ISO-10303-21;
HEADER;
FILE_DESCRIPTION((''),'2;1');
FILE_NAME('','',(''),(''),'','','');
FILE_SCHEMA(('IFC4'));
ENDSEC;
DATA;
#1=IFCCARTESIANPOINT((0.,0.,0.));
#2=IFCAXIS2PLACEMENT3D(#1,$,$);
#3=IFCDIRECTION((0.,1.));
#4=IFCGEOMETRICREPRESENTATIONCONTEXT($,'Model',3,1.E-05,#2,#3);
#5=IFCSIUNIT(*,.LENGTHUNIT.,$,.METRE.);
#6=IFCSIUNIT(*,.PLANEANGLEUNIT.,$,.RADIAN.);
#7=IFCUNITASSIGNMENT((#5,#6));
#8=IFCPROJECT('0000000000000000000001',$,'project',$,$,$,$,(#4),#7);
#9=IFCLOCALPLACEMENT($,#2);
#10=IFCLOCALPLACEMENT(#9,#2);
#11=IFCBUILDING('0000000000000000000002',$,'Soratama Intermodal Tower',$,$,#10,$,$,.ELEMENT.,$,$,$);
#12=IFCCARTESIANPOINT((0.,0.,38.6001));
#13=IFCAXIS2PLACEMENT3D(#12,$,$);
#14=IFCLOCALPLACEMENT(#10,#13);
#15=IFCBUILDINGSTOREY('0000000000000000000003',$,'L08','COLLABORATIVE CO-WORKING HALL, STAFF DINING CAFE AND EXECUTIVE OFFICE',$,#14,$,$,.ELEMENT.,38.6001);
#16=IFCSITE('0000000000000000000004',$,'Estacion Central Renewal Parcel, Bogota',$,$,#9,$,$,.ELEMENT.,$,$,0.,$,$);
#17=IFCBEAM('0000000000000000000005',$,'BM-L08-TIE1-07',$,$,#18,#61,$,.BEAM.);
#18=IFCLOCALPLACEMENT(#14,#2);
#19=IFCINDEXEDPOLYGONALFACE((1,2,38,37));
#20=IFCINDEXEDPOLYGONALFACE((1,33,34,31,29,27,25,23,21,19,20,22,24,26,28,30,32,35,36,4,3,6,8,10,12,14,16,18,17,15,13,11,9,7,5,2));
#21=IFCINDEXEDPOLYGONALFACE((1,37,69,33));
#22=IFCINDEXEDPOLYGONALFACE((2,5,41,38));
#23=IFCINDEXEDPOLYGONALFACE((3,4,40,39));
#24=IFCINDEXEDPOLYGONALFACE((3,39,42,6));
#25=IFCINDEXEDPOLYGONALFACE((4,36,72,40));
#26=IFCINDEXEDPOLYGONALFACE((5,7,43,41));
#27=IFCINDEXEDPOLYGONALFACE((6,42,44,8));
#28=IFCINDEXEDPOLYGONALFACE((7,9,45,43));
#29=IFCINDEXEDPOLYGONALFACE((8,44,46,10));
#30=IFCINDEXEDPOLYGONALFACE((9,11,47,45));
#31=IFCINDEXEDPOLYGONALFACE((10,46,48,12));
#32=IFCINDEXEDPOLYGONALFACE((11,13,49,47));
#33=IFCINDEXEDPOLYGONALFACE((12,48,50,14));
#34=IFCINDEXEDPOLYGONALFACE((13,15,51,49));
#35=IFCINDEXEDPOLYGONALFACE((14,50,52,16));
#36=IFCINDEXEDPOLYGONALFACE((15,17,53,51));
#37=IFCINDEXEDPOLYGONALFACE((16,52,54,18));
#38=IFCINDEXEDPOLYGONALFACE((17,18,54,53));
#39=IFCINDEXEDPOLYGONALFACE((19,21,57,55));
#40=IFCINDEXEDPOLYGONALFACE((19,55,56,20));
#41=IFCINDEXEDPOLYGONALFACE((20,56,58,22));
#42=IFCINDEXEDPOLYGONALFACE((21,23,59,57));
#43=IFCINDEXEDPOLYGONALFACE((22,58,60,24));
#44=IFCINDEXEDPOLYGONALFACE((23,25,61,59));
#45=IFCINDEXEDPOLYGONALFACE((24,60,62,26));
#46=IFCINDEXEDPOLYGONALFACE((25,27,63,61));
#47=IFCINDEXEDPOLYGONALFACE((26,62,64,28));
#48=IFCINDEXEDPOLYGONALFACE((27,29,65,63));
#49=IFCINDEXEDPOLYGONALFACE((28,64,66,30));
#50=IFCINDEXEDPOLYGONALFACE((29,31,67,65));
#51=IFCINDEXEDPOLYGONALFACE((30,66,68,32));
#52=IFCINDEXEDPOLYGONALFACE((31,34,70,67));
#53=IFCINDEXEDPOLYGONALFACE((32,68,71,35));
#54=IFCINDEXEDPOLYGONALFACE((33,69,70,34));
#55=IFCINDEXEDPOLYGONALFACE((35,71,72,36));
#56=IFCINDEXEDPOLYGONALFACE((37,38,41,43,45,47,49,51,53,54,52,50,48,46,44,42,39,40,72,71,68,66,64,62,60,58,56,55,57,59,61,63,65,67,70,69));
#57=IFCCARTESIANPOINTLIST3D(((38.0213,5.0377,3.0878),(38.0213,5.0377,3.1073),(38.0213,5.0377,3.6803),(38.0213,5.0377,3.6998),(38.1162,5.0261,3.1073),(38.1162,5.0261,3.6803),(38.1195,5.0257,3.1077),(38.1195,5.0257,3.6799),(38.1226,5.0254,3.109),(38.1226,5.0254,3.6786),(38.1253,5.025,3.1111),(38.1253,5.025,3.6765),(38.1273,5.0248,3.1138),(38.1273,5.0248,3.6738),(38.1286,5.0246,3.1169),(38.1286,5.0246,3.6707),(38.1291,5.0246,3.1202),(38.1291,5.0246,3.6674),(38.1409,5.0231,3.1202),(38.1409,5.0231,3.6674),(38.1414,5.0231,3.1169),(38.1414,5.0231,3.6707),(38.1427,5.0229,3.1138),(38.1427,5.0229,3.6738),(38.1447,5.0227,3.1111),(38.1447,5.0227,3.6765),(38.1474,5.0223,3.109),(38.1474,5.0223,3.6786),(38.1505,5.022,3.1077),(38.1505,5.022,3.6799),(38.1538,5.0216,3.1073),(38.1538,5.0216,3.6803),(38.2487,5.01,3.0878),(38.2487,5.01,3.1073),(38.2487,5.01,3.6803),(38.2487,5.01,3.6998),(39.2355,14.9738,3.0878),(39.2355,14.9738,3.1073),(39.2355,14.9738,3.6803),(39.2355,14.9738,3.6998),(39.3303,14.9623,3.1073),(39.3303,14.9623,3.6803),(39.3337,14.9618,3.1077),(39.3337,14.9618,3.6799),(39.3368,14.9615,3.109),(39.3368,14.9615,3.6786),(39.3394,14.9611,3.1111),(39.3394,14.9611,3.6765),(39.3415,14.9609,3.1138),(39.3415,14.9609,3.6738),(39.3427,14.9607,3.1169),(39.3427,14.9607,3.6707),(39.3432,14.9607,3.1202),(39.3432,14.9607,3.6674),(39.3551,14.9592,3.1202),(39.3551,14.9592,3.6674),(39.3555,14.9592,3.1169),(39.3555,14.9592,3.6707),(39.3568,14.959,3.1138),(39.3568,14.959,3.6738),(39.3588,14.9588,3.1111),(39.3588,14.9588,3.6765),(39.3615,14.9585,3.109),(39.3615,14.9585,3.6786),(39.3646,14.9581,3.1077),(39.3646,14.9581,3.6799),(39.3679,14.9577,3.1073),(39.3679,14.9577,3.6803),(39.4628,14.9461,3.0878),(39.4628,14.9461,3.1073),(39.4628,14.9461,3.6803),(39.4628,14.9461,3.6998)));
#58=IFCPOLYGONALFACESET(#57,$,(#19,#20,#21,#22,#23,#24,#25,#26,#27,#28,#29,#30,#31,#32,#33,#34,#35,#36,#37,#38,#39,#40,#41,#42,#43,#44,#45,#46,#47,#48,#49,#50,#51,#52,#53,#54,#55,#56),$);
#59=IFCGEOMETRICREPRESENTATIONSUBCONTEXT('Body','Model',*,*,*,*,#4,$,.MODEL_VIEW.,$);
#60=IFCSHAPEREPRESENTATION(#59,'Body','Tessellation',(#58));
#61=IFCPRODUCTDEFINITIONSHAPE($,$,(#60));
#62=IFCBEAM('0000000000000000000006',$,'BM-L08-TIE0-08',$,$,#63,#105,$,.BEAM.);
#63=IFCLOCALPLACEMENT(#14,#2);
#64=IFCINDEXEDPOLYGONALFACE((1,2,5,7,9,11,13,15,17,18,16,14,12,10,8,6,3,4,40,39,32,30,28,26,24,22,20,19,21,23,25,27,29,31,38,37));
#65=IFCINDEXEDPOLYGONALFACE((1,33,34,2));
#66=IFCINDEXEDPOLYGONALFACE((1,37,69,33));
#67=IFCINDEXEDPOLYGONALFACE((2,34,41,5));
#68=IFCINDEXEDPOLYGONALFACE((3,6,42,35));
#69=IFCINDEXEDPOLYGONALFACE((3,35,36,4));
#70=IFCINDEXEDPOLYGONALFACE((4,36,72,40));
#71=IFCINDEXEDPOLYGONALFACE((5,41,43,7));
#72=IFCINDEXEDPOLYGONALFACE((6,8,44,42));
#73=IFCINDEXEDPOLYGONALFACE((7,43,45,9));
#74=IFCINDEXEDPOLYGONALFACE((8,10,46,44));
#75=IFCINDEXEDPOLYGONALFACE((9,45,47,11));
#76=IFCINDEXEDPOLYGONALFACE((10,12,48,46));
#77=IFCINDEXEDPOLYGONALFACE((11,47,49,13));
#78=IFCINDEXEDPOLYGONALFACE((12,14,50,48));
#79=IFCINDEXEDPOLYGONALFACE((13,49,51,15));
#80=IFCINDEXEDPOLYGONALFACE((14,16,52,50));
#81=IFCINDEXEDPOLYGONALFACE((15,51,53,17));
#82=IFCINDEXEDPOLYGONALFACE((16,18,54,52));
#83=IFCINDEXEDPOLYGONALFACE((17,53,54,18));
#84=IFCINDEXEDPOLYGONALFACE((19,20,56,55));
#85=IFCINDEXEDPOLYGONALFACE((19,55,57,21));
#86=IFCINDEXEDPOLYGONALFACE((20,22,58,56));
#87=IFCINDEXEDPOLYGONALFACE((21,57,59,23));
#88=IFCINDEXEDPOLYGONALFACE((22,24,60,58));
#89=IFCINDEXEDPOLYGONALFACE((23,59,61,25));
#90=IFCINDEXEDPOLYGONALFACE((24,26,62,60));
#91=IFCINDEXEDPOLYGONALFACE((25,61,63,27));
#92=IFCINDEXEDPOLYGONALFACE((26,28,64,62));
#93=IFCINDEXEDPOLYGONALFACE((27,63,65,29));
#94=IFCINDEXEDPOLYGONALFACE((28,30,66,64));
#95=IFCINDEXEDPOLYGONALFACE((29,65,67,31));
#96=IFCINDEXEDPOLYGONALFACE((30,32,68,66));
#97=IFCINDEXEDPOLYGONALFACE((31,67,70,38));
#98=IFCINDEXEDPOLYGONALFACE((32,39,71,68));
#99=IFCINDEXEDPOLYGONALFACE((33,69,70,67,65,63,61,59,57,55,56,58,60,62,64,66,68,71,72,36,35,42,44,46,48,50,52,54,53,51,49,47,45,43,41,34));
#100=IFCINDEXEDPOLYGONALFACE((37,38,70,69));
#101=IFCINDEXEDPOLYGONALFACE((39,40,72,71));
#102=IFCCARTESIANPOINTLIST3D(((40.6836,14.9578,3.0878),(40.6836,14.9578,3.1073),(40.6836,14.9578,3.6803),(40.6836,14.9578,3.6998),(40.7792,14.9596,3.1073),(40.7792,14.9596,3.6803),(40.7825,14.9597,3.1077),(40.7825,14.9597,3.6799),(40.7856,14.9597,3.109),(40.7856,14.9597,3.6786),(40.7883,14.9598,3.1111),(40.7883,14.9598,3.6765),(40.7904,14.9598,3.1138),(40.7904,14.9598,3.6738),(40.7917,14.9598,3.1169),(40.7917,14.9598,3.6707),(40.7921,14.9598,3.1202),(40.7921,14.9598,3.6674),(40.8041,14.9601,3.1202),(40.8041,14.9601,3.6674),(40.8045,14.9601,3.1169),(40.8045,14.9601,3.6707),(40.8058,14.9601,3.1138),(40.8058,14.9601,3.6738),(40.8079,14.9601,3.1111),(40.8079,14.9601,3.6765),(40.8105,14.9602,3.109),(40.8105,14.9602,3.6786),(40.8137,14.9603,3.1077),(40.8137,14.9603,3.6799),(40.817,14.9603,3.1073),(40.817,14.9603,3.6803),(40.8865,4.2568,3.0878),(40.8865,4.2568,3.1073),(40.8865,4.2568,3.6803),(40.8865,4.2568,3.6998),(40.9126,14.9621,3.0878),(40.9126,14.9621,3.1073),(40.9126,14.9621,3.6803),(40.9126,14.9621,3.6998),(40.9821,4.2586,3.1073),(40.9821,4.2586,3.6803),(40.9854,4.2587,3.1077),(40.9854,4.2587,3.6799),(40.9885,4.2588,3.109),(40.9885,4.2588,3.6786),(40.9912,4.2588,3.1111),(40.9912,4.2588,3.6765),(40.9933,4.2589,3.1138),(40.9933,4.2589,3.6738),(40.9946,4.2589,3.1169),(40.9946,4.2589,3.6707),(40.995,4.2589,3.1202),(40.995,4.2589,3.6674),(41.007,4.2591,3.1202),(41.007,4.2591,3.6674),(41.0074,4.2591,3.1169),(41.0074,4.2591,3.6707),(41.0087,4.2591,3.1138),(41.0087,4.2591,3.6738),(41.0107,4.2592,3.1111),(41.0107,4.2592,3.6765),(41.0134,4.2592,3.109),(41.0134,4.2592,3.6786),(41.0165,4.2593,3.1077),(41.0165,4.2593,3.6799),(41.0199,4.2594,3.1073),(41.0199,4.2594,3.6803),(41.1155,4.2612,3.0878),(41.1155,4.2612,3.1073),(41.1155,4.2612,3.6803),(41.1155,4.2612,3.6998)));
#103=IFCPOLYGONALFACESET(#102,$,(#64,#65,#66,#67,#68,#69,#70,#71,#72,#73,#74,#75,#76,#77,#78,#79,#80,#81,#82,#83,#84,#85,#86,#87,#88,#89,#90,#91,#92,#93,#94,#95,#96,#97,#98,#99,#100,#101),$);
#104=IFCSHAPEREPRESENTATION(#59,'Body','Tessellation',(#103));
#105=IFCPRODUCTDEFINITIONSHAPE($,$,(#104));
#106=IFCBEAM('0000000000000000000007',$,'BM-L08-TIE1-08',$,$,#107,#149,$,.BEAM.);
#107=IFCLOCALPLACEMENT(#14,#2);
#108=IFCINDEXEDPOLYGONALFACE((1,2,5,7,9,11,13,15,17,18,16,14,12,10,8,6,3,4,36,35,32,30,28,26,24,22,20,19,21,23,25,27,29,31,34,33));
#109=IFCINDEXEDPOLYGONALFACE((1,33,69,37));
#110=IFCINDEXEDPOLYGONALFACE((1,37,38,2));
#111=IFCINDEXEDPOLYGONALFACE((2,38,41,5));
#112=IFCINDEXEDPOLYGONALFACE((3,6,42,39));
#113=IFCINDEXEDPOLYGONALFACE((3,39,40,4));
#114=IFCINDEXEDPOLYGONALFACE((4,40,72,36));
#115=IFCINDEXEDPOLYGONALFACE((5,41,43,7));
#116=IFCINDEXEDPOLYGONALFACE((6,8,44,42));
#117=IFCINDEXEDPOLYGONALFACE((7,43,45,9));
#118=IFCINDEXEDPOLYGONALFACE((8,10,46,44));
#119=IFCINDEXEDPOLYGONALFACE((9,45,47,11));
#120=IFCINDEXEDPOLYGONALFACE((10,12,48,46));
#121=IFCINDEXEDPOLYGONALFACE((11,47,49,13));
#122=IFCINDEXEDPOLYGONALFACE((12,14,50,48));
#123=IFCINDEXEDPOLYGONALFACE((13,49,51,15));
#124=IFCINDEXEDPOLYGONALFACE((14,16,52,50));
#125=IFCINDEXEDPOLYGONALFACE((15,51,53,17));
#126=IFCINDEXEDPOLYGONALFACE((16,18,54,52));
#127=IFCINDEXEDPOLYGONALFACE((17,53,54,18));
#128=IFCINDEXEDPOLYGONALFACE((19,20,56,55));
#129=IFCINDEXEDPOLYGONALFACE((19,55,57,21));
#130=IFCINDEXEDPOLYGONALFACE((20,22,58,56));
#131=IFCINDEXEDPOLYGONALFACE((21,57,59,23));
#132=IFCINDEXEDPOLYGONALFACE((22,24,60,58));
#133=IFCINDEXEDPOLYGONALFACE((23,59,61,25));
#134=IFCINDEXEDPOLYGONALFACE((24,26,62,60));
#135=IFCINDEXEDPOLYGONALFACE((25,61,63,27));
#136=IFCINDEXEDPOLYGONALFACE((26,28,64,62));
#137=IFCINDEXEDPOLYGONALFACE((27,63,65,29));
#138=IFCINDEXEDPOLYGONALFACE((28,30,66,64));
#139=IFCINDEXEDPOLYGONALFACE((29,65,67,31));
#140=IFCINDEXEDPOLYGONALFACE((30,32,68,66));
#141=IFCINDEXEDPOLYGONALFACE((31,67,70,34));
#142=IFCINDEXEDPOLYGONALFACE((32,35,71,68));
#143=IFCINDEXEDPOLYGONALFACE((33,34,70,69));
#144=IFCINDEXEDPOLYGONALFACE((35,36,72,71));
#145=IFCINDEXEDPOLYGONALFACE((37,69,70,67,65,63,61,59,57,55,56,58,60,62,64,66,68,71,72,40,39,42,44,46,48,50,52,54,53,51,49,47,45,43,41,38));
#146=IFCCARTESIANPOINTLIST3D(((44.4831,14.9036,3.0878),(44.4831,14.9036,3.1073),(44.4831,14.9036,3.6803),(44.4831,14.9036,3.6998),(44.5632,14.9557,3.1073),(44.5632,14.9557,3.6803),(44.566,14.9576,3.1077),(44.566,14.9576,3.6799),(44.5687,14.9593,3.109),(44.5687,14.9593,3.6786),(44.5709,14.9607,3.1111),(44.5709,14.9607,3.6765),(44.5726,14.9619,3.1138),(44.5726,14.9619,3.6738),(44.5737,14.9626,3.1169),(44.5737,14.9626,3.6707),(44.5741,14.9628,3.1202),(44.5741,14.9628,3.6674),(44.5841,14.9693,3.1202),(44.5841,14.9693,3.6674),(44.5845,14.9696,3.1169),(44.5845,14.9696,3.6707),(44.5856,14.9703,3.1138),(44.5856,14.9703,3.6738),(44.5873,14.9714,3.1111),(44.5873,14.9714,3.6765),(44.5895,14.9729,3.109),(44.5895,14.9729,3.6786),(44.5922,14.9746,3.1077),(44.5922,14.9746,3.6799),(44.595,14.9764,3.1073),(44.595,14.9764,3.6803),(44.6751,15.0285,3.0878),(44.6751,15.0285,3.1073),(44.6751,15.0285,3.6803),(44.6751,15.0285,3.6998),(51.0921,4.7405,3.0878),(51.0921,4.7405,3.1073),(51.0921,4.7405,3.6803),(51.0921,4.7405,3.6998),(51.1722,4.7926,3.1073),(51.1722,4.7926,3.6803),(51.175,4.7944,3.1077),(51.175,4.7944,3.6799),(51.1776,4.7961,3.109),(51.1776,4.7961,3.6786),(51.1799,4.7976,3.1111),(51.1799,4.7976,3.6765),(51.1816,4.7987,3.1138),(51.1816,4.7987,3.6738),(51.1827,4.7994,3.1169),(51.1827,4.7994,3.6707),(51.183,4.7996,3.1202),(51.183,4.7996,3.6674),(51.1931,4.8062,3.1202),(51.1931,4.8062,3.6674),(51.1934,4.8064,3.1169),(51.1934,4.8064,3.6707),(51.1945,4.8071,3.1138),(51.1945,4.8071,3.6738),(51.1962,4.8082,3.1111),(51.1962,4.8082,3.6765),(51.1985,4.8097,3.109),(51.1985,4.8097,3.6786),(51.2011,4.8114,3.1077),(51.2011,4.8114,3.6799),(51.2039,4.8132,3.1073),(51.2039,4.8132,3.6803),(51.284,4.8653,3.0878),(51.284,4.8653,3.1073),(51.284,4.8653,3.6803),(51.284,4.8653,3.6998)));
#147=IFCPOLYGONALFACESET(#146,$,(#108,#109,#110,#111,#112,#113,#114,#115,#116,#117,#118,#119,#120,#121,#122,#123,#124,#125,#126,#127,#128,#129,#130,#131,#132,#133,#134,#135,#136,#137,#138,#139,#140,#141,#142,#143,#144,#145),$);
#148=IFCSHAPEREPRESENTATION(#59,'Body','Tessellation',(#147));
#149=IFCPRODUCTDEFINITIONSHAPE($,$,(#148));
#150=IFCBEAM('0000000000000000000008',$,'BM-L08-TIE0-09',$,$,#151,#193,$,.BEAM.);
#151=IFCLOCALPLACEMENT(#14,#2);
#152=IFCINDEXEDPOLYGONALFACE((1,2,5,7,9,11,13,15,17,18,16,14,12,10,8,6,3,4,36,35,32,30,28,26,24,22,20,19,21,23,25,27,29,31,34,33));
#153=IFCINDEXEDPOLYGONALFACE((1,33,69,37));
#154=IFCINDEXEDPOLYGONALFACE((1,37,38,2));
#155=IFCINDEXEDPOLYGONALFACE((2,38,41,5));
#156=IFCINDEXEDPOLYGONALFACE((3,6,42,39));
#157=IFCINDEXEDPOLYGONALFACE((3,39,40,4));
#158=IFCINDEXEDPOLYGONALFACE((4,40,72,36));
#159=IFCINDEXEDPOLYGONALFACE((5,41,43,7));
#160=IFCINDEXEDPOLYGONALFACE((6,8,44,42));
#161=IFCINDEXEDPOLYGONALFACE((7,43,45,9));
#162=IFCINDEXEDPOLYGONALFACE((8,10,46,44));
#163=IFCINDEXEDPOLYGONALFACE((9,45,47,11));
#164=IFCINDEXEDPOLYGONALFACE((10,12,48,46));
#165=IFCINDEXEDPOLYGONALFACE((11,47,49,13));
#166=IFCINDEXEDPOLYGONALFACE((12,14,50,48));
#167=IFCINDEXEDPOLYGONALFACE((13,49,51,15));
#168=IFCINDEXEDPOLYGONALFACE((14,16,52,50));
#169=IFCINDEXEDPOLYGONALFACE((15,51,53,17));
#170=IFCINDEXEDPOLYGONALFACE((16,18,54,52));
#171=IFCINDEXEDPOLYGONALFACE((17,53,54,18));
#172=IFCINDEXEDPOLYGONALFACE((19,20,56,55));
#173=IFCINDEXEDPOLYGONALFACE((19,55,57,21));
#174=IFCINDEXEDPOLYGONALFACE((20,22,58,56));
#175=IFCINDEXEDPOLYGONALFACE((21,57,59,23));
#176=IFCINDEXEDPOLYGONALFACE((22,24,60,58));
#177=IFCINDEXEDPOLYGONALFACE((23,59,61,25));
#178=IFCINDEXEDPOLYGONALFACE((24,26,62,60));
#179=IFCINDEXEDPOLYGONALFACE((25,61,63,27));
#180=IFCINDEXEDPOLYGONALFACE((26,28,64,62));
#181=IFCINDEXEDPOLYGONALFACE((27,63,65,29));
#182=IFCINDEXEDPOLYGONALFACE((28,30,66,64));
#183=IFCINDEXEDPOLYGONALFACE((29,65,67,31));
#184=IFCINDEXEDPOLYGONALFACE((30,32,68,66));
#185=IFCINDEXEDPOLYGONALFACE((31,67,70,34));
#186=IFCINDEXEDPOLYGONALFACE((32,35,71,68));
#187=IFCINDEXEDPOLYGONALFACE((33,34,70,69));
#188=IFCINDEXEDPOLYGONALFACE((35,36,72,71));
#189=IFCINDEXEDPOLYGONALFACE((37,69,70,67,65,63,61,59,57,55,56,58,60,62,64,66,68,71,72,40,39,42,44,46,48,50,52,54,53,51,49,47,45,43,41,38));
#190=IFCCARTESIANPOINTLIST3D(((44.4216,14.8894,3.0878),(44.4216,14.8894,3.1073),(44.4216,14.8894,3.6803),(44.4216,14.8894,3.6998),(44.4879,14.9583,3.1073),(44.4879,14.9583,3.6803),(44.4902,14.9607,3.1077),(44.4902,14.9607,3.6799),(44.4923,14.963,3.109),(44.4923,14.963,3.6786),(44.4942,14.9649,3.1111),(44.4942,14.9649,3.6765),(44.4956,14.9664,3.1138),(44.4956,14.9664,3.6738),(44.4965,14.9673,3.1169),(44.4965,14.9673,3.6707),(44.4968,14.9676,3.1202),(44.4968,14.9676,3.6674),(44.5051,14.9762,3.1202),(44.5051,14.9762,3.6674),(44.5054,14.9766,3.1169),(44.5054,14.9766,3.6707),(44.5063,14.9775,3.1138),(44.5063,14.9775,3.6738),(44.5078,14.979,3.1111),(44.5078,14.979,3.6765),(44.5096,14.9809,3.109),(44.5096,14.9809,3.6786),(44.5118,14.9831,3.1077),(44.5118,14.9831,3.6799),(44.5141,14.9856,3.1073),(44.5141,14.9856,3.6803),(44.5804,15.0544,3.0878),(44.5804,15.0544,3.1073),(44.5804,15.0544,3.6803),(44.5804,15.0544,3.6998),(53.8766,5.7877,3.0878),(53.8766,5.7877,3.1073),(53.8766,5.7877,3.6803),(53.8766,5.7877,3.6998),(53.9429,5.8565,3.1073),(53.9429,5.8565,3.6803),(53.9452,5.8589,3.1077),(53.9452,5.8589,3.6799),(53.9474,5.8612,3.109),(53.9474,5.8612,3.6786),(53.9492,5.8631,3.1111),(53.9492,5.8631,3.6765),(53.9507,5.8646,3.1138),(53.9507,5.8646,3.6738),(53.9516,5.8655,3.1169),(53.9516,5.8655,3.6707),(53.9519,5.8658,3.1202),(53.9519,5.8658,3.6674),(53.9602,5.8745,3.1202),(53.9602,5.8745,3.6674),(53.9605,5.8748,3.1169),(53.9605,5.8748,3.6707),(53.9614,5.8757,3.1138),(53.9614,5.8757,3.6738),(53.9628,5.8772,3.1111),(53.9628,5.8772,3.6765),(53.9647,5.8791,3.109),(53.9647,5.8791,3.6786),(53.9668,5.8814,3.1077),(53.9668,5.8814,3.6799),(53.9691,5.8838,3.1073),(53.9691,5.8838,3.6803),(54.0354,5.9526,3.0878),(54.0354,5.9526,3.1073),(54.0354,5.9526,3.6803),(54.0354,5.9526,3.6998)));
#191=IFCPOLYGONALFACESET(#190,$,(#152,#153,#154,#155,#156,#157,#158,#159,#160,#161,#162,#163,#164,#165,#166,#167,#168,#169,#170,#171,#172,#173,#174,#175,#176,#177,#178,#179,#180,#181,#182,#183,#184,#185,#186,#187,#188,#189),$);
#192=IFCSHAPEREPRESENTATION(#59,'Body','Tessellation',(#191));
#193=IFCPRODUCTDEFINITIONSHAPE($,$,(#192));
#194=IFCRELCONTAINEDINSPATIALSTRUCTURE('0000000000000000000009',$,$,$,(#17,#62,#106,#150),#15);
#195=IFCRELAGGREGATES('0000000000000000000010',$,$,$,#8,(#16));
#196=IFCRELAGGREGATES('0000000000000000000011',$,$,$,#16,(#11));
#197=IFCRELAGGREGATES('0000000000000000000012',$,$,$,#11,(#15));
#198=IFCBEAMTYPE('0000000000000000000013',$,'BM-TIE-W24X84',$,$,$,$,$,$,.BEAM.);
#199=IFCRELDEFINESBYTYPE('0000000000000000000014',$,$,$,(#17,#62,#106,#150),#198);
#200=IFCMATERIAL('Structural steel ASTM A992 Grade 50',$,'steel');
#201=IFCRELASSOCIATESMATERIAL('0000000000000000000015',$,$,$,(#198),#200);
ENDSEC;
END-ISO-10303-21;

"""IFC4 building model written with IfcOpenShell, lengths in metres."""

from ifc_helpers import new_model, si_unit, direction, frame, origin, origin_2d, place, context, subcontext, project, spatial, i_section, extrude, material, material_profile, profile_set, type_object, element, save


model = new_model("IFC4")

# Units and contexts
model_context = context("Model", 3, precision=1e-05, world=origin(), true_north=direction((0.0, 1.0)))
body_context = subcontext(model_context, "Body", "Model", "MODEL_VIEW")
ifc_project = project(units=[si_unit("LENGTHUNIT", "METRE"), si_unit("PLANEANGLEUNIT", "RADIAN")], contexts=[model_context])

# Site, building, storey
site_placement = place(None, origin())
site = spatial("IfcSite", under=ifc_project, at=site_placement, Name="Estacion Central Renewal Parcel, Bogota", CompositionType="ELEMENT", RefElevation=0.0)
building_placement = place(site_placement, origin())
building = spatial("IfcBuilding", under=site, at=building_placement, Name="Soratama Intermodal Tower", CompositionType="ELEMENT")
storey_placement = place(building_placement, frame((0.0, 0.0, 38.6001)))
storey = spatial("IfcBuildingStorey", under=building, at=storey_placement, Name="L08", Description="COLLABORATIVE CO-WORKING HALL, STAFF DINING CAFE AND EXECUTIVE OFFICE", CompositionType="ELEMENT", Elevation=38.6001)

# Beams
ifc_material_1 = material(Name="Structural steel ASTM A992 Grade 50", Category="steel")
ifc_material_profile_1 = material_profile(ifc_material_1, i_section(OverallWidth=0.229, OverallDepth=0.6121, WebThickness=0.012, FlangeThickness=0.0195, FilletRadius=0.0129, at=origin_2d()), Name="W24X84")
ifc_profile_set_1 = profile_set([ifc_material_profile_1], Name="Structural steel ASTM A992 Grade 50")
beam_type_1 = type_object("IfcBeamType", Name="BM-TIE-W24X84", PredefinedType="BEAM", material=ifc_profile_set_1)
beam_1_placement = place(storey_placement, frame((39.3491, 14.96, 3.3938), z_axis=(-0.121291, -0.992617, 0.0), x_axis=(0.992617, -0.121291, 0.0)))
element("IfcBeam", 1, at=beam_1_placement, inside=storey, type_object=beam_type_1, Name="BM-L08-TIE1-07", PredefinedType="BEAM", context=body_context, shape_type="SweptSolid", body=[
    extrude(i_section(OverallWidth=0.229, OverallDepth=0.6121, WebThickness=0.012, FlangeThickness=0.0195, FilletRadius=0.0129, at=origin_2d()), origin(), (0.0, 0.0, 1.0), 10.01),
])
beam_2_placement = place(storey_placement, frame((40.7981, 14.96, 3.3938), z_axis=(0.018956, -0.99982, 0.0), x_axis=(0.99982, 0.018956, 0.0)))
element("IfcBeam", 2, at=beam_2_placement, inside=storey, type_object=beam_type_1, Name="BM-L08-TIE0-08", PredefinedType="BEAM", context=body_context, shape_type="SweptSolid", body=[
    extrude(i_section(OverallWidth=0.229, OverallDepth=0.6121, WebThickness=0.012, FlangeThickness=0.0195, FilletRadius=0.0129, at=origin_2d()), origin(), (0.0, 0.0, 1.0), 10.7029),
])
beam_3_placement = place(storey_placement, frame((44.5791, 14.9661, 3.3938), z_axis=(0.545155, -0.838335, 0.0), x_axis=(0.838335, 0.545155, 0.0)))
element("IfcBeam", 3, at=beam_3_placement, inside=storey, type_object=beam_type_1, Name="BM-L08-TIE1-08", PredefinedType="BEAM", context=body_context, shape_type="SweptSolid", body=[
    extrude(i_section(OverallWidth=0.229, OverallDepth=0.6121, WebThickness=0.012, FlangeThickness=0.0195, FilletRadius=0.0129, at=origin_2d()), origin(), (0.0, 0.0, 1.0), 12.123),
])
beam_4_placement = place(storey_placement, frame((44.501, 14.9719, 3.3938), z_axis=(0.720438, -0.69352, 0.0), x_axis=(0.69352, 0.720438, 0.0)))
element("IfcBeam", 4, at=beam_4_placement, inside=storey, type_object=beam_type_1, Name="BM-L08-TIE0-09", PredefinedType="BEAM", context=body_context, shape_type="SweptSolid", body=[
    extrude(i_section(OverallWidth=0.229, OverallDepth=0.6121, WebThickness=0.012, FlangeThickness=0.0195, FilletRadius=0.0129, at=origin_2d()), origin(), (0.0, 0.0, 1.0), 13.124),
])

save(model, "model.ifc")
